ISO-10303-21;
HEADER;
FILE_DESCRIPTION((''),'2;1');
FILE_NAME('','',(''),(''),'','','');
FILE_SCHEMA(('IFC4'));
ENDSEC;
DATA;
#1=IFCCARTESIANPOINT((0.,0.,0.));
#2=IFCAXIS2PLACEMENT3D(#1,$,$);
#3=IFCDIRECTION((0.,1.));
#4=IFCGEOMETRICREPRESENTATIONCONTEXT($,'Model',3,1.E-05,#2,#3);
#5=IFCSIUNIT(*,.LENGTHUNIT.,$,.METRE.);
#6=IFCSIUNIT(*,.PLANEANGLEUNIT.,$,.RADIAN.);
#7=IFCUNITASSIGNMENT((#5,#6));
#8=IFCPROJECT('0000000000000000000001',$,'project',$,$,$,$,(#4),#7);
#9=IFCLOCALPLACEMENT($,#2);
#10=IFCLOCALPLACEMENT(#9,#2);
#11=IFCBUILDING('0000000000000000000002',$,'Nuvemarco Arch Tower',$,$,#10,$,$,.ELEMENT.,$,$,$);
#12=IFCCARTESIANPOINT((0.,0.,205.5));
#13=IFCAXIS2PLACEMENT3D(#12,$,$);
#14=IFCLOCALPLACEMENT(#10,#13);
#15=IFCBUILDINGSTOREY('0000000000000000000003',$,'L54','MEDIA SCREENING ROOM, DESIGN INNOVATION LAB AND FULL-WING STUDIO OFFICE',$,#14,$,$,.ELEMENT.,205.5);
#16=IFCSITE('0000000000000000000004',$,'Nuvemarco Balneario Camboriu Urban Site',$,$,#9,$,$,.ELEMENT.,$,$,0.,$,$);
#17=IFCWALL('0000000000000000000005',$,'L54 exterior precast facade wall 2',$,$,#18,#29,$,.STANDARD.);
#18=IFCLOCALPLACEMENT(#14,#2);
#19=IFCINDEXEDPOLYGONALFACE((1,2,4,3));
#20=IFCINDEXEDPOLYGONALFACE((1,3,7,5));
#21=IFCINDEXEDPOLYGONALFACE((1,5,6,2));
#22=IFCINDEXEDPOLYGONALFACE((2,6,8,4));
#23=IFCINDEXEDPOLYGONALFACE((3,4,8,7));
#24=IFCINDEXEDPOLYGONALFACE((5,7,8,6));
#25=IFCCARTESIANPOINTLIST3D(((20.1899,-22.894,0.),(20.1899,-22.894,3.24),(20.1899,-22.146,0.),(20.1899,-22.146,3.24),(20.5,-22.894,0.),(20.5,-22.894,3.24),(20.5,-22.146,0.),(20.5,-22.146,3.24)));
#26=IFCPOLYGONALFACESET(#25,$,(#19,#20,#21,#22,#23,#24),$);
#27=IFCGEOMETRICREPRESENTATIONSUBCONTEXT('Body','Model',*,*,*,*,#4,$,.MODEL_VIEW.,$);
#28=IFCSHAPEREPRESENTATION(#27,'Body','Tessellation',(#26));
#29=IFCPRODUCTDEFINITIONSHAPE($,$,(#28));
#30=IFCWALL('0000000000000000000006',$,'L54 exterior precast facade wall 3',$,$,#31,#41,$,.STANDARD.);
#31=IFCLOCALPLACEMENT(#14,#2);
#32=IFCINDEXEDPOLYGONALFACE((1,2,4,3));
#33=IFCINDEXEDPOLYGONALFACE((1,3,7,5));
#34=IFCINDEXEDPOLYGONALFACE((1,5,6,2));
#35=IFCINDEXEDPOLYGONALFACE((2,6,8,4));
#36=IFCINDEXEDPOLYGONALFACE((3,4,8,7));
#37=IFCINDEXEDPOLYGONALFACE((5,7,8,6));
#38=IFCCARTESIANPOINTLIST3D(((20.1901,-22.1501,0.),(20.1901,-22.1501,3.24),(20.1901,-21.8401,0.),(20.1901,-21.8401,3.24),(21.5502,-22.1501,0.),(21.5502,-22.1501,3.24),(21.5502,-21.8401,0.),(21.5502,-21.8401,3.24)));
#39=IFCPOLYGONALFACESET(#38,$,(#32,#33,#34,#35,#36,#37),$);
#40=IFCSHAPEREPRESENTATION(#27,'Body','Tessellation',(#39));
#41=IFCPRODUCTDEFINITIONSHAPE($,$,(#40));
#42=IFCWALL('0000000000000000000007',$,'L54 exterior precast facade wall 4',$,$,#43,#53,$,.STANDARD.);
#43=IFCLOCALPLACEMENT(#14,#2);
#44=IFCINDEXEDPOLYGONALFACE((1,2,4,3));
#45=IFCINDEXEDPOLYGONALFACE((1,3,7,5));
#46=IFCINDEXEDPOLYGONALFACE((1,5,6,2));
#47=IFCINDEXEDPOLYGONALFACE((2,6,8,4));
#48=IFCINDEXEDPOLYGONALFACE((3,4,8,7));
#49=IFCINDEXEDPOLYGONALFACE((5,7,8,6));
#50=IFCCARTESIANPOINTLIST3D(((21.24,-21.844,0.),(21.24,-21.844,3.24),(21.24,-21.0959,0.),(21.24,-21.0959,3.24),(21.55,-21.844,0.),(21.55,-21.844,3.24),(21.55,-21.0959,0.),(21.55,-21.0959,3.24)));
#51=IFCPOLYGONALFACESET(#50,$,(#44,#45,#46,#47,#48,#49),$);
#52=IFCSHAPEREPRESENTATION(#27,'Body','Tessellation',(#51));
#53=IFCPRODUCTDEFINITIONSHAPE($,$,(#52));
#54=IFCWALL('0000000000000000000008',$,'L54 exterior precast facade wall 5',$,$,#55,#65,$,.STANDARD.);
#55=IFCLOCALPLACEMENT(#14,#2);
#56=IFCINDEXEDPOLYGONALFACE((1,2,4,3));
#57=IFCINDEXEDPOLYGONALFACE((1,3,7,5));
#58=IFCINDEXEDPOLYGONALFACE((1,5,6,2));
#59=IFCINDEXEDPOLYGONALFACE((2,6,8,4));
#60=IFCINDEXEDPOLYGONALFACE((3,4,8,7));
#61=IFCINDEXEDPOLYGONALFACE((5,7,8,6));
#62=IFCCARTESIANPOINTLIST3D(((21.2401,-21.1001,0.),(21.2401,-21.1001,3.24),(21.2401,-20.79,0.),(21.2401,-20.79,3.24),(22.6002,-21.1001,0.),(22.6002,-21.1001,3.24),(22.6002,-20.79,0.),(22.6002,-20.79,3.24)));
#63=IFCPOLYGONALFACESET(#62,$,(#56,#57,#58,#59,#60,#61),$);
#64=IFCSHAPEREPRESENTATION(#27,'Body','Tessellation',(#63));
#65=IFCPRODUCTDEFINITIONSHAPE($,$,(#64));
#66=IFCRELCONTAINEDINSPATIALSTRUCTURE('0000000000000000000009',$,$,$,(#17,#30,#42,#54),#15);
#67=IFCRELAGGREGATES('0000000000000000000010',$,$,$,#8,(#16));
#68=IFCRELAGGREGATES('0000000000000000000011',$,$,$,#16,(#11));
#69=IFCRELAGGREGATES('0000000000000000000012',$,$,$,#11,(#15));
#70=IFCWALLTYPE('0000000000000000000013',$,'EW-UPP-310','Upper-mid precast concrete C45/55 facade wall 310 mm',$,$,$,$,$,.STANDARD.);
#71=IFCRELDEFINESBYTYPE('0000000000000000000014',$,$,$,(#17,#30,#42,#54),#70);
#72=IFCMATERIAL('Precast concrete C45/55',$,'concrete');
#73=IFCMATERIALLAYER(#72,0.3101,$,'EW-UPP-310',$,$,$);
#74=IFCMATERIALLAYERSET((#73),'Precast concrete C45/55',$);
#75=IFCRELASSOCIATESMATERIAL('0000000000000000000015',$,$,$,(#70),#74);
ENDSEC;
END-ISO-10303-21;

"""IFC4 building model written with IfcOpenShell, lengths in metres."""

from ifc_helpers import new_model, si_unit, direction, frame, frame_2d, origin, place, context, subcontext, project, spatial, rectangle, extrude, material, layer, layer_set, type_object, element, save


model = new_model("IFC4")

# Units and contexts
model_context = context("Model", 3, precision=1e-05, world=origin(), true_north=direction((0.0, 1.0)))
body_context = subcontext(model_context, "Body", "Model", "MODEL_VIEW")
ifc_project = project(units=[si_unit("LENGTHUNIT", "METRE"), si_unit("PLANEANGLEUNIT", "RADIAN")], contexts=[model_context])

# Site, building, storey
site_placement = place(None, origin())
site = spatial("IfcSite", under=ifc_project, at=site_placement, Name="Nuvemarco Balneario Camboriu Urban Site", CompositionType="ELEMENT", RefElevation=0.0)
building_placement = place(site_placement, origin())
building = spatial("IfcBuilding", under=site, at=building_placement, Name="Nuvemarco Arch Tower", CompositionType="ELEMENT")
storey_placement = place(building_placement, frame((0.0, 0.0, 205.5)))
storey = spatial("IfcBuildingStorey", under=building, at=storey_placement, Name="L54", Description="MEDIA SCREENING ROOM, DESIGN INNOVATION LAB AND FULL-WING STUDIO OFFICE", CompositionType="ELEMENT", Elevation=205.5)

# Shared definitions
ifc_material_1 = material(Name="Precast concrete C45/55", Category="concrete")

# Walls
ifc_layer_1 = layer(ifc_material_1, 0.3101, Name="EW-UPP-310")
ifc_layer_set_1 = layer_set([ifc_layer_1], Name="Precast concrete C45/55")
wall_type_1 = type_object("IfcWallType", Name="EW-UPP-310", Description="Upper-mid precast concrete C45/55 facade wall 310 mm", PredefinedType="STANDARD", material=ifc_layer_set_1)
wall_1_placement = place(storey_placement, frame((20.345, -22.894, 0.0), z_axis=(0.0, 0.0, 1.0), x_axis=(0.0, 1.0, 0.0)))
element("IfcWall", 1, at=wall_1_placement, inside=storey, type_object=wall_type_1, Name="L54 exterior precast facade wall 2", PredefinedType="STANDARD", context=body_context, shape_type="SweptSolid", body=[
    extrude(rectangle(XDim=0.748, YDim=0.3101, at=frame_2d((0.374, 0.0))), origin(), (0.0, 0.0, 1.0), 3.24),
])
wall_2_placement = place(storey_placement, frame((20.1899, -21.9951, 0.0), z_axis=(0.0, 0.0, 1.0), x_axis=(1.0, 0.0, 0.0)))
element("IfcWall", 2, at=wall_2_placement, inside=storey, type_object=wall_type_1, Name="L54 exterior precast facade wall 3", PredefinedType="STANDARD", context=body_context, shape_type="SweptSolid", body=[
    extrude(rectangle(XDim=1.3601, YDim=0.3101, at=frame_2d((0.6802, 0.0))), origin(), (0.0, 0.0, 1.0), 3.24),
])
wall_3_placement = place(storey_placement, frame((21.395, -21.844, 0.0), z_axis=(0.0, 0.0, 1.0), x_axis=(0.0, 1.0, 0.0)))
element("IfcWall", 3, at=wall_3_placement, inside=storey, type_object=wall_type_1, Name="L54 exterior precast facade wall 4", PredefinedType="STANDARD", context=body_context, shape_type="SweptSolid", body=[
    extrude(rectangle(XDim=0.748, YDim=0.3101, at=frame_2d((0.374, 0.0))), origin(), (0.0, 0.0, 1.0), 3.24),
])
wall_4_placement = place(storey_placement, frame((21.24, -20.9451, 0.0), z_axis=(0.0, 0.0, 1.0), x_axis=(1.0, 0.0, 0.0)))
element("IfcWall", 4, at=wall_4_placement, inside=storey, type_object=wall_type_1, Name="L54 exterior precast facade wall 5", PredefinedType="STANDARD", context=body_context, shape_type="SweptSolid", body=[
    extrude(rectangle(XDim=1.3601, YDim=0.3101, at=frame_2d((0.6802, 0.0))), origin(), (0.0, 0.0, 1.0), 3.24),
])

save(model, "model.ifc")
